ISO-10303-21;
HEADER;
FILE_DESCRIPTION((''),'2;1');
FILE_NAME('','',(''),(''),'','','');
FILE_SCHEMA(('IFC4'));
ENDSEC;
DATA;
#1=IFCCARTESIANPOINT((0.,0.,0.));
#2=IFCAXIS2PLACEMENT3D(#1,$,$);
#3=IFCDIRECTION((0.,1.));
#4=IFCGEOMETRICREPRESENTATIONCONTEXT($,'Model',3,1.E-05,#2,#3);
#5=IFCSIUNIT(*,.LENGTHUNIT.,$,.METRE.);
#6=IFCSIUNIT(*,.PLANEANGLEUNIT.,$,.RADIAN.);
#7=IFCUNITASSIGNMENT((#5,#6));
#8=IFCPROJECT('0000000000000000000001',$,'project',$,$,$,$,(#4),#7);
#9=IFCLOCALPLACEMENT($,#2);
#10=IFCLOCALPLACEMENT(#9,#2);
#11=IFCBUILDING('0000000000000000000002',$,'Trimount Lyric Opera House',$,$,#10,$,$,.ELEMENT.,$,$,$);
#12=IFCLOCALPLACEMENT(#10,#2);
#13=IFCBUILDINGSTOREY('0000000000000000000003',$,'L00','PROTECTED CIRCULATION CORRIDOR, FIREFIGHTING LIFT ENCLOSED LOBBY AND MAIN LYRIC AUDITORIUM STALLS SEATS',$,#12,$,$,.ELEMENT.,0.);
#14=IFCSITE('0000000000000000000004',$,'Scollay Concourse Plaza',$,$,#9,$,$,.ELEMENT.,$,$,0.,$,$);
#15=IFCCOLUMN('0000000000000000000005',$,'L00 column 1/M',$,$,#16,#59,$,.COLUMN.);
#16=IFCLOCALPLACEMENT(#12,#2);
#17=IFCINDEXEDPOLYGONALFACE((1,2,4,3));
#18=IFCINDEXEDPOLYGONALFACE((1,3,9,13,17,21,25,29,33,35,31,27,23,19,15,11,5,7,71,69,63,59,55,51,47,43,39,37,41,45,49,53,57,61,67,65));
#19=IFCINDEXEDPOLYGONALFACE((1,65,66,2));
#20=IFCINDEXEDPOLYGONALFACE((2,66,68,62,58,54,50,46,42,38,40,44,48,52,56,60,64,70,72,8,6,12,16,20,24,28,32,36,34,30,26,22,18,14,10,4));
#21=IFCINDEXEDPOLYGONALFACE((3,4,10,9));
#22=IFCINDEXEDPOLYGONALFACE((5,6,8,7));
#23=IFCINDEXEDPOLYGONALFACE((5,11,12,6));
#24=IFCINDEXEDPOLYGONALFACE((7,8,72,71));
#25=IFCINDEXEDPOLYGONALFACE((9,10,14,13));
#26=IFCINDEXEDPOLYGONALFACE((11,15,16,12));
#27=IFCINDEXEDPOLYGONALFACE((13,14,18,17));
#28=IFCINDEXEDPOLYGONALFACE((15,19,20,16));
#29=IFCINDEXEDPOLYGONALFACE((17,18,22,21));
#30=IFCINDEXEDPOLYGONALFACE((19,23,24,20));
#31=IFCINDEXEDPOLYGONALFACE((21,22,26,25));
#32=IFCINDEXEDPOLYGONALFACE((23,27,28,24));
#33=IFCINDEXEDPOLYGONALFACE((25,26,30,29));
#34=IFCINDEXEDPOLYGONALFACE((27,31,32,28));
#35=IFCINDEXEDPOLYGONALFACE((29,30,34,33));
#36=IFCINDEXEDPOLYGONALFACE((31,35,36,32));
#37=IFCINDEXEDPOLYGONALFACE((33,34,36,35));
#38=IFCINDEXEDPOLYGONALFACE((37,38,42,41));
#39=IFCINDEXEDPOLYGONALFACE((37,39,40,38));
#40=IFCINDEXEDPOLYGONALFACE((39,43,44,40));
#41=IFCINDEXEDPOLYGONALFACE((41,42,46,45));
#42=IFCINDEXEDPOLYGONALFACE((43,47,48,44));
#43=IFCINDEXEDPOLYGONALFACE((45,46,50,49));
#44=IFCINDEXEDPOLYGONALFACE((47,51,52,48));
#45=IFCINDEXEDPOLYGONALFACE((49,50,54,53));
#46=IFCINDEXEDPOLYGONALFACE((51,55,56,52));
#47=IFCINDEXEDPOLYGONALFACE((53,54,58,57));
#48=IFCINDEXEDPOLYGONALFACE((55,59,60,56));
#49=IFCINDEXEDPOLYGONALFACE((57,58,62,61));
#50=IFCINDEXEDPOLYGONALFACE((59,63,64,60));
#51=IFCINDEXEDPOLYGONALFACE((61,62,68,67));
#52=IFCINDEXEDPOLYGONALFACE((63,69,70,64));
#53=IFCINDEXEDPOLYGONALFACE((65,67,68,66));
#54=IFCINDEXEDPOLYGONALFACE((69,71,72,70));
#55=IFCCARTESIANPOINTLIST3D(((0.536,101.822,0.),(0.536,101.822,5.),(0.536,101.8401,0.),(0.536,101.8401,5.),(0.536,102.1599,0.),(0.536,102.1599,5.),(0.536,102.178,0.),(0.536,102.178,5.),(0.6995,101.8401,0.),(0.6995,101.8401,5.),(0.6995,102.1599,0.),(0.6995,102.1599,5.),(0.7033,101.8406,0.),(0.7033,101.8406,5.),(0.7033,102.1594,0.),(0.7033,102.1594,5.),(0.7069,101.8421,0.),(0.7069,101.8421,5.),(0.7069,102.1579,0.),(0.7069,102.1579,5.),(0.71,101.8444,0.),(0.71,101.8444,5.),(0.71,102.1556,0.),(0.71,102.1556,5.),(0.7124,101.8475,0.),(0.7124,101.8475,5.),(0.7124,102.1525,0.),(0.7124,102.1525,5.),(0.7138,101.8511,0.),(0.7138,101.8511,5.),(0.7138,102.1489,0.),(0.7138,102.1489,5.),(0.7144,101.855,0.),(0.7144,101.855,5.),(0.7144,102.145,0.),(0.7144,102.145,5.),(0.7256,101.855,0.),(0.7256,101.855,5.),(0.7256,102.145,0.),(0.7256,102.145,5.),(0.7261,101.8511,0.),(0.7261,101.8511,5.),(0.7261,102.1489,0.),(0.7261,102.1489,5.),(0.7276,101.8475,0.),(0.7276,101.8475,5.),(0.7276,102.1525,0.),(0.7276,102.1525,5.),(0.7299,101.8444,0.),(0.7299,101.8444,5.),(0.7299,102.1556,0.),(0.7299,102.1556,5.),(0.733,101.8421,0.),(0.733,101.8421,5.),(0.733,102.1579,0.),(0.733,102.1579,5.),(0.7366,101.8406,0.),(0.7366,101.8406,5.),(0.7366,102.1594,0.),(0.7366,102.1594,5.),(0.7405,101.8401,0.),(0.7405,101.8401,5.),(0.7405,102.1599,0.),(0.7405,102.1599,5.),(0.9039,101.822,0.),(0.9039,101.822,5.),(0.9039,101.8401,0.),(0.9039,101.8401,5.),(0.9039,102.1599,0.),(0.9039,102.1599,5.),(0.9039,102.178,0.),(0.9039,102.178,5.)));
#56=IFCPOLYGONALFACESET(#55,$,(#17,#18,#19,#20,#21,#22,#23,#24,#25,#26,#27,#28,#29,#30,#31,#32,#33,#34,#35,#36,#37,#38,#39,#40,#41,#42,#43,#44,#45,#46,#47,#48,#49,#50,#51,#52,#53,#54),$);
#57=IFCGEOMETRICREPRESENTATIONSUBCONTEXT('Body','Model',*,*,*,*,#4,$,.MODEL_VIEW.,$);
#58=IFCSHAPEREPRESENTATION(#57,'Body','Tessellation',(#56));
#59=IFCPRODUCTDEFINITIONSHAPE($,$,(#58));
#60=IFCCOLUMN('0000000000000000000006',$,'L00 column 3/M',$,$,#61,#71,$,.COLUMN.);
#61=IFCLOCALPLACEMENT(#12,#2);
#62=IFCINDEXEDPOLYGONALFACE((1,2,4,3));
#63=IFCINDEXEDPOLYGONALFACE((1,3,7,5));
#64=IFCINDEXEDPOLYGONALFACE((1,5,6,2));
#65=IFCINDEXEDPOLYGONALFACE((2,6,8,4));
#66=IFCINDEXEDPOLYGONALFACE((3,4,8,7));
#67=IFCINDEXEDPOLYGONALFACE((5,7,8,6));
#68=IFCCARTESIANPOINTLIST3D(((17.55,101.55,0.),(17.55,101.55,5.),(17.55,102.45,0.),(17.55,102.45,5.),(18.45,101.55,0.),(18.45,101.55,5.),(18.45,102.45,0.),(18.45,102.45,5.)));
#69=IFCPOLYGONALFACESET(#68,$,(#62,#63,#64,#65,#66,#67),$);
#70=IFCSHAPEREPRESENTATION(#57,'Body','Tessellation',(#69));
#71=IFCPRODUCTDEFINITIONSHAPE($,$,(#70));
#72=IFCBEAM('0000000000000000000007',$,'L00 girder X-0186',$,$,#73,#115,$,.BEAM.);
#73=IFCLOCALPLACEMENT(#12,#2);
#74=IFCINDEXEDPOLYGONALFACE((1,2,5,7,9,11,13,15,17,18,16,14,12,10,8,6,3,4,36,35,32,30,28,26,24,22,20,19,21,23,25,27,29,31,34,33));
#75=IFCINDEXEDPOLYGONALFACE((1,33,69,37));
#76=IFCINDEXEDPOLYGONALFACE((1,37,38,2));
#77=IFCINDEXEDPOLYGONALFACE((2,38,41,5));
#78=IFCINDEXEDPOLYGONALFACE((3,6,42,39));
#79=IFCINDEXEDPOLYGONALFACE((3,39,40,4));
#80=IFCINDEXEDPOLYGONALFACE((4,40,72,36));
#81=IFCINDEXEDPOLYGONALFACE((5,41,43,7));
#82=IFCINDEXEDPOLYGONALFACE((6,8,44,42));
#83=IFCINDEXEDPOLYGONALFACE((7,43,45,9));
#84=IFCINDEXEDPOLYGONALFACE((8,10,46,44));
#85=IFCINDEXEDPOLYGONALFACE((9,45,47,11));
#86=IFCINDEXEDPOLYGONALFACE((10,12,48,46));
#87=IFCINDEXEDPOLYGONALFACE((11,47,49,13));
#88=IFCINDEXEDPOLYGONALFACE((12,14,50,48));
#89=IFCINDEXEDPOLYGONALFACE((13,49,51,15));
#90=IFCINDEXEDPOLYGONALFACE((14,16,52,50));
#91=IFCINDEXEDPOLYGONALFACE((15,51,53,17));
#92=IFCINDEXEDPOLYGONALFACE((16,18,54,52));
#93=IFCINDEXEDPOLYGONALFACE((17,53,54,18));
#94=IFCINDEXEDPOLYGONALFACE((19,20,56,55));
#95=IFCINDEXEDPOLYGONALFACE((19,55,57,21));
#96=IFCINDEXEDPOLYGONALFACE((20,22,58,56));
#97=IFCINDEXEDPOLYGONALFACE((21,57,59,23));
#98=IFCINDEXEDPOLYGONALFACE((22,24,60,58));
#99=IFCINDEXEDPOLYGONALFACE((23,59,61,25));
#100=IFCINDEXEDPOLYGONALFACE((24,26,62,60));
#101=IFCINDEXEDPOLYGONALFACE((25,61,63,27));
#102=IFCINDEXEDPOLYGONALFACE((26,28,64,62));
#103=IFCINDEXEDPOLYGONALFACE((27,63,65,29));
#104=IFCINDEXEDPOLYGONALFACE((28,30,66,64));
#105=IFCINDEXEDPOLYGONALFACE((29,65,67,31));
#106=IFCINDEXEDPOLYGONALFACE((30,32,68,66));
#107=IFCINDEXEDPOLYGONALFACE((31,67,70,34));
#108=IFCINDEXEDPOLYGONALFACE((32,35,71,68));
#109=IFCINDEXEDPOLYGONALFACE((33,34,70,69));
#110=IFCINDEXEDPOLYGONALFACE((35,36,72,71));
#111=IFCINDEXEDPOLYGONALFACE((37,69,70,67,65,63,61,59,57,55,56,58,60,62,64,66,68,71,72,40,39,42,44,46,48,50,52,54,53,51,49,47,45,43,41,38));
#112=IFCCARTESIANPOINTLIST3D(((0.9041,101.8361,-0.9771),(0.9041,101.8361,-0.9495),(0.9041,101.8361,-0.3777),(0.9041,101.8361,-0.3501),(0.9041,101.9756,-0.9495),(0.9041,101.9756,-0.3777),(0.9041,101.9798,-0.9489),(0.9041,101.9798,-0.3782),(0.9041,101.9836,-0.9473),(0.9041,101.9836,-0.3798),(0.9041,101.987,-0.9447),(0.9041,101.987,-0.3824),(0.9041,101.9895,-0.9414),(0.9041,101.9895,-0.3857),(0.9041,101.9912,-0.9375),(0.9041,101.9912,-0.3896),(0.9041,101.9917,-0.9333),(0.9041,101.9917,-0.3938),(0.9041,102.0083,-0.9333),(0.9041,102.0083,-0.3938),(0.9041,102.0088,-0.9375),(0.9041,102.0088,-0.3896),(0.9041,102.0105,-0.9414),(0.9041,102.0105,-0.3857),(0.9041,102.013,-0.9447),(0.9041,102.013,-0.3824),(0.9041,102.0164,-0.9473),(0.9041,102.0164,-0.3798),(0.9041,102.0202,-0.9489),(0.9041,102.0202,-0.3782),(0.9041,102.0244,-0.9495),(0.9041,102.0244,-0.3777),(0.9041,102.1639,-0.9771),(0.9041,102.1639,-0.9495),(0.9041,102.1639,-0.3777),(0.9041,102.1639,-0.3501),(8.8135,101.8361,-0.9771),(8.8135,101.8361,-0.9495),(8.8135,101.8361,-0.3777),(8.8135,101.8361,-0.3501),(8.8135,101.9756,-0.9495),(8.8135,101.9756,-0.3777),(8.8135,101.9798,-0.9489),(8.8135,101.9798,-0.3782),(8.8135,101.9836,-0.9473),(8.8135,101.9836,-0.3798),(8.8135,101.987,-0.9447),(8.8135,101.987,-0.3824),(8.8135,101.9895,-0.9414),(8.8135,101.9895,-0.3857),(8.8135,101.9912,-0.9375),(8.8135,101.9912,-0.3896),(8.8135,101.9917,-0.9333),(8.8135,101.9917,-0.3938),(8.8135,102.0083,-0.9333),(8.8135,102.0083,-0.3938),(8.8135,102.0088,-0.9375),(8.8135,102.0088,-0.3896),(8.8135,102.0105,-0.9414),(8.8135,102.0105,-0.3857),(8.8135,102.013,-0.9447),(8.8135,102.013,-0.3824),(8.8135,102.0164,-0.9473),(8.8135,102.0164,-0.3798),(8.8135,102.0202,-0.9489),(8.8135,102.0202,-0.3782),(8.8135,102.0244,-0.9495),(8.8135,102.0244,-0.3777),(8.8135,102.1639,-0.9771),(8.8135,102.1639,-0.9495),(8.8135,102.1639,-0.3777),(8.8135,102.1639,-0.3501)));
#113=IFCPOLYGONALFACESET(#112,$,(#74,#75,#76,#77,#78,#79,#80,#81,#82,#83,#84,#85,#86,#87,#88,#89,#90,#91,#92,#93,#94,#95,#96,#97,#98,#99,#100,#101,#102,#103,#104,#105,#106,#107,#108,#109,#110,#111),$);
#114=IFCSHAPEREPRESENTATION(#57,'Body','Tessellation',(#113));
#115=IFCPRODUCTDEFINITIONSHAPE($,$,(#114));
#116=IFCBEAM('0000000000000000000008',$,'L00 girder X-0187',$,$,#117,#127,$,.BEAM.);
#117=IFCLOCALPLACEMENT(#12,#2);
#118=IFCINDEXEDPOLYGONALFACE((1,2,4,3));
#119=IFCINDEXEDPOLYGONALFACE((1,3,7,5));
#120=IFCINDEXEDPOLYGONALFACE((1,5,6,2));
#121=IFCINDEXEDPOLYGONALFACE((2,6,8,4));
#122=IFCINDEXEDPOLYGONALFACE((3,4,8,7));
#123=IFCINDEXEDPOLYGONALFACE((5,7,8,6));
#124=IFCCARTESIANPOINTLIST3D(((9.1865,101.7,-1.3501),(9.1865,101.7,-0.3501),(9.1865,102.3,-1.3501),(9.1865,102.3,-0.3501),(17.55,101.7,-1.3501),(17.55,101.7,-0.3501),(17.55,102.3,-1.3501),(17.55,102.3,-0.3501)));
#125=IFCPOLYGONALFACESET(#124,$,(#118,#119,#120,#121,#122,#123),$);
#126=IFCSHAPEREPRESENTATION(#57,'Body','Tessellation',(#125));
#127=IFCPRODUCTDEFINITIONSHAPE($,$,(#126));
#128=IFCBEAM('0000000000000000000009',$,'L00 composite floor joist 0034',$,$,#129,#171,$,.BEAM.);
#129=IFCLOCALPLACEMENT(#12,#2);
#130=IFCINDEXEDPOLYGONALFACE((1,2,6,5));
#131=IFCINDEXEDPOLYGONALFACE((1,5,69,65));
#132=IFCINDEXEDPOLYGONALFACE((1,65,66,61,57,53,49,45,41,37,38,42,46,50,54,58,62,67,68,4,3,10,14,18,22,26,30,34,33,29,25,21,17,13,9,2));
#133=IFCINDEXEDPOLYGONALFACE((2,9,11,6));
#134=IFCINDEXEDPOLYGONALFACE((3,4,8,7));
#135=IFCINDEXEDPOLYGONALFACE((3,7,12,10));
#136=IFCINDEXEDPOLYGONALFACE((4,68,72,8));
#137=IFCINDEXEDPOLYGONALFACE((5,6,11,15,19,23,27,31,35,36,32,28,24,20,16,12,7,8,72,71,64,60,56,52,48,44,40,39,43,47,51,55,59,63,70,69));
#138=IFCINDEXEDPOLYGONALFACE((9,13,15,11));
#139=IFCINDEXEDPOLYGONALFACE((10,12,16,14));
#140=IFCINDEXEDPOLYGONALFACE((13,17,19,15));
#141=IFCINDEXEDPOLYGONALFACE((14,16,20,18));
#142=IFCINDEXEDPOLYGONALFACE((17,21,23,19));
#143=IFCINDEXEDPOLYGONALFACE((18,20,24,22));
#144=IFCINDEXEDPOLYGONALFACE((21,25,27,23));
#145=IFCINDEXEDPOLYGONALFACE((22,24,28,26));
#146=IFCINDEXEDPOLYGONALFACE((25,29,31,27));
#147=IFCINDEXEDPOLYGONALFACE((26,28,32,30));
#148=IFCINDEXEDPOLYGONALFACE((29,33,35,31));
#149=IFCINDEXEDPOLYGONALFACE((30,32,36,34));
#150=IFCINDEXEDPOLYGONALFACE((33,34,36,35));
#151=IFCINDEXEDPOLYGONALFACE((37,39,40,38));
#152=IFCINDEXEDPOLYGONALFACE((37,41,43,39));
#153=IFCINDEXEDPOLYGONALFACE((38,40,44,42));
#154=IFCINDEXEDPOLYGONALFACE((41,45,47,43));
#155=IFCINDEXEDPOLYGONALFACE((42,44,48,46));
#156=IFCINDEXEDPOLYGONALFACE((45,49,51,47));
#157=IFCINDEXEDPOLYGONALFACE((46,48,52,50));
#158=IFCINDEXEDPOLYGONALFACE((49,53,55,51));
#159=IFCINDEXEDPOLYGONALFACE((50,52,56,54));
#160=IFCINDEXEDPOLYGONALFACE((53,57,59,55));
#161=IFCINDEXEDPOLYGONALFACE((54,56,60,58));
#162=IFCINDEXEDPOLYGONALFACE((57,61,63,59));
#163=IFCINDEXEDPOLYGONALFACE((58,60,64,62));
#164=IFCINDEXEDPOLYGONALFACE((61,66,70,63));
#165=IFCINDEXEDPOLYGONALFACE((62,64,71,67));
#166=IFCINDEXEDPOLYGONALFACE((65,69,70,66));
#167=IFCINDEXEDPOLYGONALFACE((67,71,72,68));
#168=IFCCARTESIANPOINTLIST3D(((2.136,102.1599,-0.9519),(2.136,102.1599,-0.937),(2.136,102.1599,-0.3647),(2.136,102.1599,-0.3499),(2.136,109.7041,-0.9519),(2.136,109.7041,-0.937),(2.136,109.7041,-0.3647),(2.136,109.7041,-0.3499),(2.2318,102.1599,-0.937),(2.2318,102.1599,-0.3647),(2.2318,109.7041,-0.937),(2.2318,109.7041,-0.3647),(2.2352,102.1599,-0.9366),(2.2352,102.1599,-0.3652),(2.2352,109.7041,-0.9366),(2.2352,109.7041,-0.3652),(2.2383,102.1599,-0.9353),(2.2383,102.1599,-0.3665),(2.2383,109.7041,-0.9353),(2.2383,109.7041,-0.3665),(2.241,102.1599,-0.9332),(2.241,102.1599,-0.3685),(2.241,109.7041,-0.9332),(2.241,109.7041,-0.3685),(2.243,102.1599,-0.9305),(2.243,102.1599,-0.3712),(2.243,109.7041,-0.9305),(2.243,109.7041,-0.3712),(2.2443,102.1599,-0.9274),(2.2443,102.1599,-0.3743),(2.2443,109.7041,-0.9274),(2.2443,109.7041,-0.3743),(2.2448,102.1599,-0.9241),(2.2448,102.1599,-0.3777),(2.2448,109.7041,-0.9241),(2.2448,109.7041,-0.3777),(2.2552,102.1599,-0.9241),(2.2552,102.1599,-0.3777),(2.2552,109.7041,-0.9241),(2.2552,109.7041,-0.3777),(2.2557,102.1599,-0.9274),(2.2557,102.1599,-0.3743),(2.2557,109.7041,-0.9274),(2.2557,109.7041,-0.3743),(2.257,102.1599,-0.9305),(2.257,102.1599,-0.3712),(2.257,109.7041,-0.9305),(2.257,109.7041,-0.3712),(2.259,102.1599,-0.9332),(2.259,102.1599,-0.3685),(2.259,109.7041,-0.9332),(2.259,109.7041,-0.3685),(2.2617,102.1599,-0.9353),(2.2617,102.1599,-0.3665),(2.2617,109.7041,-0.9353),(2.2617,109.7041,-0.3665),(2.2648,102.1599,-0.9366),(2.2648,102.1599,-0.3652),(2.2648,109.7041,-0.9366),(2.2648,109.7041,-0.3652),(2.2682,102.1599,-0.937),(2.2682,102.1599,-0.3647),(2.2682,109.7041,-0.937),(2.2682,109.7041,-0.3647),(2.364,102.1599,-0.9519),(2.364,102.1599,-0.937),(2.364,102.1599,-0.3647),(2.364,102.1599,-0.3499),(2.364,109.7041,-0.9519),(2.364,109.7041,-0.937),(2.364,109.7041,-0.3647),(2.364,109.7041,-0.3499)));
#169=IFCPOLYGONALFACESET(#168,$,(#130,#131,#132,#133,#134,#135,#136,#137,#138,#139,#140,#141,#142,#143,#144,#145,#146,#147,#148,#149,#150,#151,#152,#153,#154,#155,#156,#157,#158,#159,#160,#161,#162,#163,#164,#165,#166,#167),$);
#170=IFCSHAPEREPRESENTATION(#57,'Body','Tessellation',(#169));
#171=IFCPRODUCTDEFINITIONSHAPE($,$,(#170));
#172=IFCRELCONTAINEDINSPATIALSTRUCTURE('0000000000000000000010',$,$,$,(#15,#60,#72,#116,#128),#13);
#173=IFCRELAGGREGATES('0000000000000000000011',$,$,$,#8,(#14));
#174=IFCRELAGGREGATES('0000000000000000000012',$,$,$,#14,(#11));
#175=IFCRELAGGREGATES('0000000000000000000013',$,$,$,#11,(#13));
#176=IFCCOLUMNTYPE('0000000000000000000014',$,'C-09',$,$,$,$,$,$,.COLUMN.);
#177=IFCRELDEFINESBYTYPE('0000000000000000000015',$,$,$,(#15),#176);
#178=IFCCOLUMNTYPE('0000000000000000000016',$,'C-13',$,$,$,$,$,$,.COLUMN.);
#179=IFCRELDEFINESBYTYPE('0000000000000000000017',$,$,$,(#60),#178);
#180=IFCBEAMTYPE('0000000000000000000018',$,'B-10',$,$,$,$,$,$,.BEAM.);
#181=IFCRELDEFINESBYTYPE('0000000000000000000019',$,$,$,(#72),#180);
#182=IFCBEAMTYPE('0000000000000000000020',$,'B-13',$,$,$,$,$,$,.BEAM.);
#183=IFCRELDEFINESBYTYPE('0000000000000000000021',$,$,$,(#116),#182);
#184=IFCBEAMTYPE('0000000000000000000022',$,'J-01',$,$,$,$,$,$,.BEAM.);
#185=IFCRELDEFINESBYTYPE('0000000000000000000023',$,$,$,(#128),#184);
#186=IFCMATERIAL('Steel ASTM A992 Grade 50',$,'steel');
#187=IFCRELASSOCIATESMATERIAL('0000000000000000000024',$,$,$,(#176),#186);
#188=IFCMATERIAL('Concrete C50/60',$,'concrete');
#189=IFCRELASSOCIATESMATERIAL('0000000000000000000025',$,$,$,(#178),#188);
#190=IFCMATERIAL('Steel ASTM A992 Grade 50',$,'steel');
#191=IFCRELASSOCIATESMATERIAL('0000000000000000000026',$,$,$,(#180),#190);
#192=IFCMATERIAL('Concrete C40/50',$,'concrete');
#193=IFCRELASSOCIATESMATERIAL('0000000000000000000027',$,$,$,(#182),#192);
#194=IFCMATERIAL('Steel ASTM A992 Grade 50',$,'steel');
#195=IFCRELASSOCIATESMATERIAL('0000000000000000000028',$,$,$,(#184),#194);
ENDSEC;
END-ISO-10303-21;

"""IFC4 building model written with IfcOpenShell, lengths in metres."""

from ifc_helpers import new_model, si_unit, direction, frame, origin, origin_2d, place, context, subcontext, project, spatial, rectangle, i_section, extrude, material, material_profile, profile_set, type_object, element, save


model = new_model("IFC4")

# Units and contexts
model_context = context("Model", 3, precision=1e-05, world=origin(), true_north=direction((0.0, 1.0)))
body_context = subcontext(model_context, "Body", "Model", "MODEL_VIEW")
ifc_project = project(units=[si_unit("LENGTHUNIT", "METRE"), si_unit("PLANEANGLEUNIT", "RADIAN")], contexts=[model_context])

# Site, building, storey
site_placement = place(None, origin())
site = spatial("IfcSite", under=ifc_project, at=site_placement, Name="Scollay Concourse Plaza", CompositionType="ELEMENT", RefElevation=0.0)
building_placement = place(site_placement, origin())
building = spatial("IfcBuilding", under=site, at=building_placement, Name="Trimount Lyric Opera House", CompositionType="ELEMENT")
storey_placement = place(building_placement, origin())
storey = spatial("IfcBuildingStorey", under=building, at=storey_placement, Name="L00", Description="PROTECTED CIRCULATION CORRIDOR, FIREFIGHTING LIFT ENCLOSED LOBBY AND MAIN LYRIC AUDITORIUM STALLS SEATS", CompositionType="ELEMENT", Elevation=0.0)

# Columns
ifc_material_1 = material(Name="Steel ASTM A992 Grade 50", Category="steel")
ifc_material_profile_1 = material_profile(ifc_material_1, i_section(OverallWidth=0.3679, OverallDepth=0.356, WebThickness=0.0112, FlangeThickness=0.0181, FilletRadius=0.0149, at=origin_2d()), Name="W14X90")
ifc_profile_set_1 = profile_set([ifc_material_profile_1], Name="Steel ASTM A992 Grade 50")
column_type_1 = type_object("IfcColumnType", Name="C-09", PredefinedType="COLUMN", material=ifc_profile_set_1)
column_1_placement = place(storey_placement, frame((0.72, 102.0, 0.0), z_axis=(0.0, 0.0, 1.0), x_axis=(1.0, 0.0, 0.0)))
element("IfcColumn", 1, at=column_1_placement, inside=storey, type_object=column_type_1, Name="L00 column 1/M", PredefinedType="COLUMN", context=body_context, shape_type="SweptSolid", body=[
    extrude(i_section(OverallWidth=0.3679, OverallDepth=0.356, WebThickness=0.0112, FlangeThickness=0.0181, FilletRadius=0.0149, at=origin_2d()), origin(), (0.0, 0.0, 1.0), 5.0),
])
ifc_material_2 = material(Name="Concrete C50/60", Category="concrete")
ifc_material_profile_2 = material_profile(ifc_material_2, rectangle(XDim=0.8999, YDim=0.8999, at=origin_2d()), Name="RC900X900")
ifc_profile_set_2 = profile_set([ifc_material_profile_2], Name="Concrete C50/60")
column_type_2 = type_object("IfcColumnType", Name="C-13", PredefinedType="COLUMN", material=ifc_profile_set_2)
column_2_placement = place(storey_placement, frame((18.0, 102.0, 0.0), z_axis=(0.0, 0.0, 1.0), x_axis=(1.0, 0.0, 0.0)))
element("IfcColumn", 2, at=column_2_placement, inside=storey, type_object=column_type_2, Name="L00 column 3/M", PredefinedType="COLUMN", context=body_context, shape_type="SweptSolid", body=[
    extrude(rectangle(XDim=0.8999, YDim=0.8999, at=origin_2d()), origin(), (0.0, 0.0, 1.0), 5.0),
])

# Beams
ifc_material_3 = material(Name="Steel ASTM A992 Grade 50", Category="steel")
ifc_material_profile_3 = material_profile(ifc_material_3, i_section(OverallWidth=0.3279, OverallDepth=0.627, WebThickness=0.0166, FlangeThickness=0.0276, FilletRadius=0.0161, at=origin_2d()), Name="W24X146")
ifc_profile_set_3 = profile_set([ifc_material_profile_3], Name="Steel ASTM A992 Grade 50")
beam_type_1 = type_object("IfcBeamType", Name="B-10", PredefinedType="BEAM", material=ifc_profile_set_3)
beam_1_placement = place(storey_placement, frame((0.9041, 102.0, -0.6636), z_axis=(1.0, 0.0, 0.0), x_axis=(0.0, 1.0, 0.0)))
element("IfcBeam", 3, at=beam_1_placement, inside=storey, type_object=beam_type_1, Name="L00 girder X-0186", PredefinedType="BEAM", context=body_context, shape_type="SweptSolid", body=[
    extrude(i_section(OverallWidth=0.3279, OverallDepth=0.627, WebThickness=0.0166, FlangeThickness=0.0276, FilletRadius=0.0161, at=origin_2d()), origin(), (0.0, 0.0, 1.0), 7.9094),
])
ifc_material_4 = material(Name="Concrete C40/50", Category="concrete")
ifc_material_profile_4 = material_profile(ifc_material_4, rectangle(XDim=0.6001, YDim=1.0, at=origin_2d()), Name="RC600X1000")
ifc_profile_set_4 = profile_set([ifc_material_profile_4], Name="Concrete C40/50")
beam_type_2 = type_object("IfcBeamType", Name="B-13", PredefinedType="BEAM", material=ifc_profile_set_4)
beam_2_placement = place(storey_placement, frame((9.1865, 102.0, -0.8501), z_axis=(1.0, 0.0, 0.0), x_axis=(0.0, 1.0, 0.0)))
element("IfcBeam", 4, at=beam_2_placement, inside=storey, type_object=beam_type_2, Name="L00 girder X-0187", PredefinedType="BEAM", context=body_context, shape_type="SweptSolid", body=[
    extrude(rectangle(XDim=0.6001, YDim=1.0, at=origin_2d()), origin(), (0.0, 0.0, 1.0), 8.3635),
])
ifc_material_5 = material(Name="Steel ASTM A992 Grade 50", Category="steel")
ifc_material_profile_5 = material_profile(ifc_material_5, i_section(OverallWidth=0.228, OverallDepth=0.6021, WebThickness=0.0105, FlangeThickness=0.0149, FilletRadius=0.0129, at=origin_2d()), Name="W24X68")
ifc_profile_set_5 = profile_set([ifc_material_profile_5], Name="Steel ASTM A992 Grade 50")
beam_type_3 = type_object("IfcBeamType", Name="J-01", PredefinedType="BEAM", material=ifc_profile_set_5)
beam_3_placement = place(storey_placement, frame((2.25, 102.1599, -0.6509), z_axis=(0.0, 1.0, 0.0), x_axis=(-1.0, 0.0, 0.0)))
element("IfcBeam", 5, at=beam_3_placement, inside=storey, type_object=beam_type_3, Name="L00 composite floor joist 0034", PredefinedType="BEAM", context=body_context, shape_type="SweptSolid", body=[
    extrude(i_section(OverallWidth=0.228, OverallDepth=0.6021, WebThickness=0.0105, FlangeThickness=0.0149, FilletRadius=0.0129, at=origin_2d()), origin(), (0.0, 0.0, 1.0), 7.5442),
])

save(model, "model.ifc")
